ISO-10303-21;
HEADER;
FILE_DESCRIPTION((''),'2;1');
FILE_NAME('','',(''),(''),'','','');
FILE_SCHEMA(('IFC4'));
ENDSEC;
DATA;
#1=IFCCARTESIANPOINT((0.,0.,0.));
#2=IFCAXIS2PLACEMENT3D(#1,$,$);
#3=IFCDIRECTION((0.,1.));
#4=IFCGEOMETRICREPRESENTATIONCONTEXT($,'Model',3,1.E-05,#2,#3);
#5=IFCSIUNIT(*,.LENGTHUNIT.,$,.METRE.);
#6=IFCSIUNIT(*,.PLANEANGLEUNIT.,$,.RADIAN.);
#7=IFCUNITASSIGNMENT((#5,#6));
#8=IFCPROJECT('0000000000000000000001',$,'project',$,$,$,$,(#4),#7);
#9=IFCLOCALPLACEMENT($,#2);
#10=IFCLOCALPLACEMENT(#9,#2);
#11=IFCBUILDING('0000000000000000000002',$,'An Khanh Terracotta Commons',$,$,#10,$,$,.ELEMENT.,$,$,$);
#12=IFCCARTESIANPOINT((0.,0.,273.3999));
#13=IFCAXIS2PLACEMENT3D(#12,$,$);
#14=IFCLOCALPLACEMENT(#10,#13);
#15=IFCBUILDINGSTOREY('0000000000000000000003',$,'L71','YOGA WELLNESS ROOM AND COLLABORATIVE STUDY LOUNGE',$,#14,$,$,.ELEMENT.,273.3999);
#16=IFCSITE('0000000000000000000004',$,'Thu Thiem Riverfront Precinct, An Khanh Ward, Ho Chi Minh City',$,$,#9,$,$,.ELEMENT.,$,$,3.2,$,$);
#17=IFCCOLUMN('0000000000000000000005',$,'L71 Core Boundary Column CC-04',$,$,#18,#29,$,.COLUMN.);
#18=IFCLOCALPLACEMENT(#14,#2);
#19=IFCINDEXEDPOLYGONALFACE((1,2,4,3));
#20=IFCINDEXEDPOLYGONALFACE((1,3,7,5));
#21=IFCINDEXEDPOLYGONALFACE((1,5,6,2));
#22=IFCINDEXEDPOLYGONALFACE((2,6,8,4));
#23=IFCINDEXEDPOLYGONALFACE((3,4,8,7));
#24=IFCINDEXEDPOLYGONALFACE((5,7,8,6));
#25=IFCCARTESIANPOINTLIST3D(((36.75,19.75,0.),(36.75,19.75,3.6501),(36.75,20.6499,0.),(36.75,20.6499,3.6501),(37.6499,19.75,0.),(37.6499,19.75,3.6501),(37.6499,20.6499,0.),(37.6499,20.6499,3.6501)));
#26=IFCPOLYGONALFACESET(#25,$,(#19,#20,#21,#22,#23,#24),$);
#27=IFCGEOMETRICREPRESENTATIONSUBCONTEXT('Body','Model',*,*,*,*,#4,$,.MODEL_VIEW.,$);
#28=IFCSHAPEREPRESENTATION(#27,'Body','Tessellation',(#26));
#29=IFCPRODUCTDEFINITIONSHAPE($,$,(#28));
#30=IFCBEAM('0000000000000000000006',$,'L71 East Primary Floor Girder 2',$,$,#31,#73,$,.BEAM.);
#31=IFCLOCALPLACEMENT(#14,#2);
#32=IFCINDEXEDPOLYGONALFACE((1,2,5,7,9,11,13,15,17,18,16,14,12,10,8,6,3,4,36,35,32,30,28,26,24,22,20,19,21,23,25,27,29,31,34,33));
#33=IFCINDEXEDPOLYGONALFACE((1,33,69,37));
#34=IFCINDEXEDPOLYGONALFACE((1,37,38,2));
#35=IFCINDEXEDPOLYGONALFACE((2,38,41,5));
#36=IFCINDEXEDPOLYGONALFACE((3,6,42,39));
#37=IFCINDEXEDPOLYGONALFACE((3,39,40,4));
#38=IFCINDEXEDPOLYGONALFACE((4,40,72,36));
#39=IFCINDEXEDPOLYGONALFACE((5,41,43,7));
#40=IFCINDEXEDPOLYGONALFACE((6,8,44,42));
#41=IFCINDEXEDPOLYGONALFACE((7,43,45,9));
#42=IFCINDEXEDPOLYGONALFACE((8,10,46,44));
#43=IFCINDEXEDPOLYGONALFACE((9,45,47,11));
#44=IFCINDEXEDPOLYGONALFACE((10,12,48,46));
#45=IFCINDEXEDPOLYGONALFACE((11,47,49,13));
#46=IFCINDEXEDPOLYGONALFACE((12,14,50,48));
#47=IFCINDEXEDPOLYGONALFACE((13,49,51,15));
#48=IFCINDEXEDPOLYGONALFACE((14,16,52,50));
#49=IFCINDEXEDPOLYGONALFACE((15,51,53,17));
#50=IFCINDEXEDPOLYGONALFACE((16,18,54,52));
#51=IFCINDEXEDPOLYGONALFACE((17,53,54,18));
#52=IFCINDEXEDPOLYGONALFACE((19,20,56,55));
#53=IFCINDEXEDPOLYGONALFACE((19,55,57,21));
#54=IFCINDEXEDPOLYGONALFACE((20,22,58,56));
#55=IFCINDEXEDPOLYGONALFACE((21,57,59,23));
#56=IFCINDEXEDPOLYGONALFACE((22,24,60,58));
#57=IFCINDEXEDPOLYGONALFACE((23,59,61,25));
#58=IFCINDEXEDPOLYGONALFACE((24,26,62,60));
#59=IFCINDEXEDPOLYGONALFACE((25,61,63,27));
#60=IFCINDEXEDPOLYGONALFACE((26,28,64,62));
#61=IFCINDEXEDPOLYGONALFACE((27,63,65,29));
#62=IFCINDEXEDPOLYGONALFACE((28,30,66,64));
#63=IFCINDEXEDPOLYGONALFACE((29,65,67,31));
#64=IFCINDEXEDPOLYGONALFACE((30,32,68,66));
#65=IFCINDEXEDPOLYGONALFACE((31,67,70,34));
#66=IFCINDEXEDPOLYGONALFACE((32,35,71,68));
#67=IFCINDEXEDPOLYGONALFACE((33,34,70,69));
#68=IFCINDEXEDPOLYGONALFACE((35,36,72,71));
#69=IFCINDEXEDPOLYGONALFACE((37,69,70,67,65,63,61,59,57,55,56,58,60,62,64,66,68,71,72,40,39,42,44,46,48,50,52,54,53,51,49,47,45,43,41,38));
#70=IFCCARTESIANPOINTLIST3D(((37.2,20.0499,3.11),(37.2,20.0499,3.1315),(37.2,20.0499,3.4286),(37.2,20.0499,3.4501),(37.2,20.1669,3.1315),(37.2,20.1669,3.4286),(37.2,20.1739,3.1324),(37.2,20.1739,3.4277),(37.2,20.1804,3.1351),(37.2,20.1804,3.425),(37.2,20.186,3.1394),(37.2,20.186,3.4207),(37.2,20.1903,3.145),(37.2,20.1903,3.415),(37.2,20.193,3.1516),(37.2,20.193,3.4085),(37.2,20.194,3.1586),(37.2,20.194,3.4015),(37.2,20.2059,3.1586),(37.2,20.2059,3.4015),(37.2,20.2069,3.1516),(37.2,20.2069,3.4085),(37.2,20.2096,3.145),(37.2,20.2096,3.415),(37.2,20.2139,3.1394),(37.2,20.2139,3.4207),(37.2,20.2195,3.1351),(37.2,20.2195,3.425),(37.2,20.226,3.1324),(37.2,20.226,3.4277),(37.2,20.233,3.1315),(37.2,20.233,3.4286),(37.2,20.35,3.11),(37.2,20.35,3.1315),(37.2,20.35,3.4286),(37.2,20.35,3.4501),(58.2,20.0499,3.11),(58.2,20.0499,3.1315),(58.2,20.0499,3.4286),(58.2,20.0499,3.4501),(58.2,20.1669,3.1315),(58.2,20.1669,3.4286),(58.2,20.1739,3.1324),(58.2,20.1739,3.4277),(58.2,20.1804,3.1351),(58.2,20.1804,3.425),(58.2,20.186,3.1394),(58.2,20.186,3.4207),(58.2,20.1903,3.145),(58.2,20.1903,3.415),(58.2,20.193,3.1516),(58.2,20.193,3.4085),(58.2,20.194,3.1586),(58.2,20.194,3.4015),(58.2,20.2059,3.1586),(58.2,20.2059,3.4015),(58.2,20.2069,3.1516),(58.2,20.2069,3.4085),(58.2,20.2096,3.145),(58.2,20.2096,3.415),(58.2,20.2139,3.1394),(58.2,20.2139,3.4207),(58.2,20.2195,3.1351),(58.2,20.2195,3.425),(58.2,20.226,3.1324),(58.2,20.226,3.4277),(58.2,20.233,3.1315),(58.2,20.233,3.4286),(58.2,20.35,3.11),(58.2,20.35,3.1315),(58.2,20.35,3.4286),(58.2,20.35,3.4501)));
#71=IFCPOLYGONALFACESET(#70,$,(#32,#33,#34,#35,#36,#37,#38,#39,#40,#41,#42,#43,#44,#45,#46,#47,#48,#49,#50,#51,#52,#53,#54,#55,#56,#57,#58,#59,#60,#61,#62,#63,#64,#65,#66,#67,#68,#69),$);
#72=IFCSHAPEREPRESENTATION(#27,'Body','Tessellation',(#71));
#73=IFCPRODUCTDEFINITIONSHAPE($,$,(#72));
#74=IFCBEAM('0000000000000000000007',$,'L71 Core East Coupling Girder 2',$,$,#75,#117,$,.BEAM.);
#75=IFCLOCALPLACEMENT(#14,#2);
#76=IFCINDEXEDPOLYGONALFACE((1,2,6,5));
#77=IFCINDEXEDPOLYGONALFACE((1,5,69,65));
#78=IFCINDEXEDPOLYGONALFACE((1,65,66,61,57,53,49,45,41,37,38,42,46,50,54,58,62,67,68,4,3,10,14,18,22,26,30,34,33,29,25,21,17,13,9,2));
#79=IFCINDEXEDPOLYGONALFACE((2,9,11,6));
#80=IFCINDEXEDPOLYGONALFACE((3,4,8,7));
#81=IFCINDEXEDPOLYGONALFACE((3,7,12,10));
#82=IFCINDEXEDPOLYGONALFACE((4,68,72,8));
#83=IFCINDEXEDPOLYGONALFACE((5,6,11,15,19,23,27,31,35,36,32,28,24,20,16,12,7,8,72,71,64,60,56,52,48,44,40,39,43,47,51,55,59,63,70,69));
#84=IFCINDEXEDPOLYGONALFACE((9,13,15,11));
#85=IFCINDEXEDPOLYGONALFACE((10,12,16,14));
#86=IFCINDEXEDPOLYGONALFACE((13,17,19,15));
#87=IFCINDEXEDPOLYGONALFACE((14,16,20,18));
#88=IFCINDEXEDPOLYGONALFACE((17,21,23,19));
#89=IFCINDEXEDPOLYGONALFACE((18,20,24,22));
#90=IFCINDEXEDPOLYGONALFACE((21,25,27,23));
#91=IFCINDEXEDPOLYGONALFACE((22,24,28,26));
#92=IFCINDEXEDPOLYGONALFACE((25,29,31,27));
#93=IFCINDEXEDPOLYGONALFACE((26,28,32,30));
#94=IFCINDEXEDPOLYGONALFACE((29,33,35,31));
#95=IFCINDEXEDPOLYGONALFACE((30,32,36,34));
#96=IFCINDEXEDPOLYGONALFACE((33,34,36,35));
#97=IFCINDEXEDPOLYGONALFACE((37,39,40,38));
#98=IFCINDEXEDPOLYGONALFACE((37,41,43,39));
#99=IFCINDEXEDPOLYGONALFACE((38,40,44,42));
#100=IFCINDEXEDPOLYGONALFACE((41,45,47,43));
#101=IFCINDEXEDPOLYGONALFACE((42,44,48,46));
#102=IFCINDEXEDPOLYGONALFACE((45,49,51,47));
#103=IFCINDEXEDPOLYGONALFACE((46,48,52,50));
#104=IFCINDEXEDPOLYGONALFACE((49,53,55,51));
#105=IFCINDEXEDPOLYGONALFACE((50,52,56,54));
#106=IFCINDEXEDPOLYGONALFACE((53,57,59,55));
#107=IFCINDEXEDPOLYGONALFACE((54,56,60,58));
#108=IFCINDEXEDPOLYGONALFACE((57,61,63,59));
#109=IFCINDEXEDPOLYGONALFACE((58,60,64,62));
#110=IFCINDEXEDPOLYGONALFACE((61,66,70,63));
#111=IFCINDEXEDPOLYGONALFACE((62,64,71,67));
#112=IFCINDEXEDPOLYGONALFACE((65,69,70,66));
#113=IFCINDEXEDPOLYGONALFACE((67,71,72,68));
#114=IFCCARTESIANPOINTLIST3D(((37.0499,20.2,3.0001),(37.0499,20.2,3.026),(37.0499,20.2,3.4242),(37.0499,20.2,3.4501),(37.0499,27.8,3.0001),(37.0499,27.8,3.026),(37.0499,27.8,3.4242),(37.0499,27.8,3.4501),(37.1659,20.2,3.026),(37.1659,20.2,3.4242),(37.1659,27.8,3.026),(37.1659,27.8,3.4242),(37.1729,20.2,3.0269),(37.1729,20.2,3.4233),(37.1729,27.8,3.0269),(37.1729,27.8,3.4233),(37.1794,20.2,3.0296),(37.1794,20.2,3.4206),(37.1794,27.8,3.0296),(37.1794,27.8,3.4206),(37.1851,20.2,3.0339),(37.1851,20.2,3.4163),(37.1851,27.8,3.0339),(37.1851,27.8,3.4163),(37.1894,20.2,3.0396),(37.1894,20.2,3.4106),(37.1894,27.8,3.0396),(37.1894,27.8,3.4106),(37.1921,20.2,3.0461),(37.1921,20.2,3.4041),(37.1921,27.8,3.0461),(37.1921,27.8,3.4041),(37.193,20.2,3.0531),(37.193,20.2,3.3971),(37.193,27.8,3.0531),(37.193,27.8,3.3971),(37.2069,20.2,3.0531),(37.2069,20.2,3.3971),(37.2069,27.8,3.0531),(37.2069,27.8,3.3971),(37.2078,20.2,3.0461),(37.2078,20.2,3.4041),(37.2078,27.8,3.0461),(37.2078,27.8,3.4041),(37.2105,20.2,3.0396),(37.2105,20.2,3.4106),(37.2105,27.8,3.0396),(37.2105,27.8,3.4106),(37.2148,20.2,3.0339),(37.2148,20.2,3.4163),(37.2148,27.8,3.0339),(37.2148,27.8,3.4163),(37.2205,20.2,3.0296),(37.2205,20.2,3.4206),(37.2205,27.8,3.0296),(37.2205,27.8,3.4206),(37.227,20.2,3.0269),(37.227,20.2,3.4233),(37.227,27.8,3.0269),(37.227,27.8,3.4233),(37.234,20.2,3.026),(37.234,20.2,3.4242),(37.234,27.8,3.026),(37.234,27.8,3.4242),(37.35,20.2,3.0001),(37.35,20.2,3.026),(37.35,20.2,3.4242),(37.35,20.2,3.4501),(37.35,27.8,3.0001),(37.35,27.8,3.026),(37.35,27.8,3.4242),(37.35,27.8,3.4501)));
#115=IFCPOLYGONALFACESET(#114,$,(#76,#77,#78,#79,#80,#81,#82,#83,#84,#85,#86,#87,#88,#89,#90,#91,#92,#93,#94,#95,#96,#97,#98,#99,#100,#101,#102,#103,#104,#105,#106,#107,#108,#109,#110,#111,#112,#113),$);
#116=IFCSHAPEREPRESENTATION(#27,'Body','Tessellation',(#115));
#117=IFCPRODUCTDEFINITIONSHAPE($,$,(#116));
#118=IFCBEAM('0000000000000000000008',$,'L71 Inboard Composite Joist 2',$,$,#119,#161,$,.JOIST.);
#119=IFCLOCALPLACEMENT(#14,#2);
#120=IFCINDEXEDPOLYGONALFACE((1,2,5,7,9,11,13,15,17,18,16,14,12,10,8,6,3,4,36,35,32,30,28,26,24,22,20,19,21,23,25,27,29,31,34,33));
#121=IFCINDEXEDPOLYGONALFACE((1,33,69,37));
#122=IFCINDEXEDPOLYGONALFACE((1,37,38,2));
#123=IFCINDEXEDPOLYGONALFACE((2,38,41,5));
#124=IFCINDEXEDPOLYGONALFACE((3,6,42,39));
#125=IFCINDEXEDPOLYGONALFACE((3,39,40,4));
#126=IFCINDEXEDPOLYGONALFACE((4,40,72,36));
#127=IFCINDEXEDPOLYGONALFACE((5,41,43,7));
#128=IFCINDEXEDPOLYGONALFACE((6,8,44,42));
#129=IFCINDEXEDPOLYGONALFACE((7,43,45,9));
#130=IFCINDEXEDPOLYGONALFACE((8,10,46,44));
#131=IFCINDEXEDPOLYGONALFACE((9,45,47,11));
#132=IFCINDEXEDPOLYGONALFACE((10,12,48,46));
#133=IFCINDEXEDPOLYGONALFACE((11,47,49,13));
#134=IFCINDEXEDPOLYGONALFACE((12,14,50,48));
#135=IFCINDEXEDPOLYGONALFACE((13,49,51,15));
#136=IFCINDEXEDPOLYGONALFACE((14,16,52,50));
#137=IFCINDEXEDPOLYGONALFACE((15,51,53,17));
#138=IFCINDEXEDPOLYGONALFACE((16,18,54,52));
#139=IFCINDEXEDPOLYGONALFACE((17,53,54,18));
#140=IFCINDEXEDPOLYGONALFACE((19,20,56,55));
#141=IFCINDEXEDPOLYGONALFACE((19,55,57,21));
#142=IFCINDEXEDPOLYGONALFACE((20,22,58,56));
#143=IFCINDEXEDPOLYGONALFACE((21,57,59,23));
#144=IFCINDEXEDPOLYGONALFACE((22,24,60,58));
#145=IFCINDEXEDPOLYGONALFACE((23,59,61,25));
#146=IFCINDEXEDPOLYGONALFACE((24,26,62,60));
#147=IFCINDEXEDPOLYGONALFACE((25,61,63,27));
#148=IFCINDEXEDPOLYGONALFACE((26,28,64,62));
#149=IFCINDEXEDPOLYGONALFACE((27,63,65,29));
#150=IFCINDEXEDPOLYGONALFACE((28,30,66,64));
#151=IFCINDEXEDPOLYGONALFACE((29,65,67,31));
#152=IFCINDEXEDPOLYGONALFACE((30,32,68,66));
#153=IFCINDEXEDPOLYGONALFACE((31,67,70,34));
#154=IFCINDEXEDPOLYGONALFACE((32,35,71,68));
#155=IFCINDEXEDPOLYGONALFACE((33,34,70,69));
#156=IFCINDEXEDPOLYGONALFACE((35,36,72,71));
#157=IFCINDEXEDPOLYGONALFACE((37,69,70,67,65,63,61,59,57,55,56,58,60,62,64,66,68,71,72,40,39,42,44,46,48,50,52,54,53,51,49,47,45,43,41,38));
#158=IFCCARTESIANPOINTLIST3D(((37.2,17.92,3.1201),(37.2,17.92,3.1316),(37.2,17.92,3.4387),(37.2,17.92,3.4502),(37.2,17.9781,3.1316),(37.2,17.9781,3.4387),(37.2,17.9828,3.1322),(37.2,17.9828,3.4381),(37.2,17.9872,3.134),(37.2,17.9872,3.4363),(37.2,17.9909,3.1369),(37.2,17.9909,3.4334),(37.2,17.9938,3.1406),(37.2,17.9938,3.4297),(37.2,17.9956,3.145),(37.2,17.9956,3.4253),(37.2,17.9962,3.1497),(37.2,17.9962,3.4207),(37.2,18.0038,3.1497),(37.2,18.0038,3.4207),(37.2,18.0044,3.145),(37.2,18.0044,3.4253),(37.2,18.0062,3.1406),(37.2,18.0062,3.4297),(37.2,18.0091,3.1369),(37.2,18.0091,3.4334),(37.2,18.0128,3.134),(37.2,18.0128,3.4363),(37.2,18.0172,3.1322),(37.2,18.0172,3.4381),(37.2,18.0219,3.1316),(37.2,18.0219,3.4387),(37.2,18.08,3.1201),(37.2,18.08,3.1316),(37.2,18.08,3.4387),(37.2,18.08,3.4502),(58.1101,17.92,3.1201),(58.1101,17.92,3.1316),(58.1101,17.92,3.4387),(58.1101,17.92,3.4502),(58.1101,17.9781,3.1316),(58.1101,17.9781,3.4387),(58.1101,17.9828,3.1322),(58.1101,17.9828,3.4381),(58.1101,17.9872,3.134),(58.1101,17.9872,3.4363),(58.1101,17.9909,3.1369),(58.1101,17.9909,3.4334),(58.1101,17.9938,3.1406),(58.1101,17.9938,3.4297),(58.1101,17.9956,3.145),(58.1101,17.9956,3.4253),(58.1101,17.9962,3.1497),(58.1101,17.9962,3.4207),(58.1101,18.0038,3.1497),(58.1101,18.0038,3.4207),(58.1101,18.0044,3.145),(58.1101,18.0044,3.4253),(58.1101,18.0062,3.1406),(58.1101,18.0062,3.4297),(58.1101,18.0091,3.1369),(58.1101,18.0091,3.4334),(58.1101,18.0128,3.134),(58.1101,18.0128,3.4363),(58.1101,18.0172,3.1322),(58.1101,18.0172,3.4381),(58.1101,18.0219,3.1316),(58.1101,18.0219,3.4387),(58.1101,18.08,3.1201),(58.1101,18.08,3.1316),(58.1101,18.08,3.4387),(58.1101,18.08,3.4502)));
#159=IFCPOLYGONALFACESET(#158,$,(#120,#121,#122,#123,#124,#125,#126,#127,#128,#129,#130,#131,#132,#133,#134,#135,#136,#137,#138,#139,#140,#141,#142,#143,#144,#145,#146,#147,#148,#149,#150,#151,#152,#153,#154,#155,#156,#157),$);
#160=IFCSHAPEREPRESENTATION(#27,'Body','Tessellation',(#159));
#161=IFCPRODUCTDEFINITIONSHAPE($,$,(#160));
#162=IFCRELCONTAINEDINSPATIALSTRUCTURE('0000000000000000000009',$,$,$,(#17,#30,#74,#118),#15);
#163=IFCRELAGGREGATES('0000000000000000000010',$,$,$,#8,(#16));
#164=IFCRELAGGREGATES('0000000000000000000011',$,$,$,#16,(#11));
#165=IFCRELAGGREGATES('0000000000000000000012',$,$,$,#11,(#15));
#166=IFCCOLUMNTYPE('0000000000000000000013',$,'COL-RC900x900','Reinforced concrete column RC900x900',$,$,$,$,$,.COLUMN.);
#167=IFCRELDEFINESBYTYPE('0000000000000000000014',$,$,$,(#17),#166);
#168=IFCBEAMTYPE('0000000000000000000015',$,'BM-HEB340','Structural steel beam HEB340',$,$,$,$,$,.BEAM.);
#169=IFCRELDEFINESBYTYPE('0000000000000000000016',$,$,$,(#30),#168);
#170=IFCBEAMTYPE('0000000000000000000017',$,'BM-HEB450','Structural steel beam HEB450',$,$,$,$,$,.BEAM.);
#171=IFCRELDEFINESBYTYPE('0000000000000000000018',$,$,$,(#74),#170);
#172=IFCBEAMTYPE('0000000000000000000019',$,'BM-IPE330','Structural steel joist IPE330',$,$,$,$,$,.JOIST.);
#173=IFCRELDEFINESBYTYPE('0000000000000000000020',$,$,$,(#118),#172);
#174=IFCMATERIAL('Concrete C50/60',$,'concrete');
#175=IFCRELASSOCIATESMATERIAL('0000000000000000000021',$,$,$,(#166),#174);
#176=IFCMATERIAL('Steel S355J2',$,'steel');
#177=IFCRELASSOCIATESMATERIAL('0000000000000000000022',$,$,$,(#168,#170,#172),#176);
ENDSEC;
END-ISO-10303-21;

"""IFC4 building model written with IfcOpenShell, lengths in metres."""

from ifc_helpers import new_model, si_unit, direction, frame, origin, origin_2d, place, context, subcontext, project, spatial, rectangle, i_section, extrude, material, material_profile, profile_set, type_object, element, save


model = new_model("IFC4")

# Units and contexts
model_context = context("Model", 3, precision=1e-05, world=origin(), true_north=direction((0.0, 1.0)))
body_context = subcontext(model_context, "Body", "Model", "MODEL_VIEW")
ifc_project = project(units=[si_unit("LENGTHUNIT", "METRE"), si_unit("PLANEANGLEUNIT", "RADIAN")], contexts=[model_context])

# Site, building, storey
site_placement = place(None, origin())
site = spatial("IfcSite", under=ifc_project, at=site_placement, Name="Thu Thiem Riverfront Precinct, An Khanh Ward, Ho Chi Minh City", CompositionType="ELEMENT", RefElevation=3.2)
building_placement = place(site_placement, origin())
building = spatial("IfcBuilding", under=site, at=building_placement, Name="An Khanh Terracotta Commons", CompositionType="ELEMENT")
storey_placement = place(building_placement, frame((0.0, 0.0, 273.3999)))
storey = spatial("IfcBuildingStorey", under=building, at=storey_placement, Name="L71", Description="YOGA WELLNESS ROOM AND COLLABORATIVE STUDY LOUNGE", CompositionType="ELEMENT", Elevation=273.3999)

# Column
ifc_material_1 = material(Name="Concrete C50/60", Category="concrete")
ifc_material_profile_1 = material_profile(ifc_material_1, rectangle(XDim=0.8999, YDim=0.8999, at=origin_2d()), Name="RC900x900")
ifc_profile_set_1 = profile_set([ifc_material_profile_1], Name="Concrete C50/60")
column_type = type_object("IfcColumnType", Name="COL-RC900x900", Description="Reinforced concrete column RC900x900", PredefinedType="COLUMN", material=ifc_profile_set_1)
column_placement = place(storey_placement, frame((37.2, 20.2, 0.0), z_axis=(0.0, 0.0, 1.0), x_axis=(1.0, 0.0, 0.0)))
element("IfcColumn", 1, at=column_placement, inside=storey, type_object=column_type, Name="L71 Core Boundary Column CC-04", PredefinedType="COLUMN", context=body_context, shape_type="SweptSolid", body=[
    extrude(rectangle(XDim=0.8999, YDim=0.8999, at=origin_2d()), origin(), (0.0, 0.0, 1.0), 3.6501),
])

# Beams
ifc_material_2 = material(Name="Steel S355J2", Category="steel")
ifc_material_profile_2 = material_profile(ifc_material_2, i_section(OverallWidth=0.3, OverallDepth=0.3401, WebThickness=0.012, FlangeThickness=0.0215, FilletRadius=0.0271, at=origin_2d()), Name="HEB340")
ifc_profile_set_2 = profile_set([ifc_material_profile_2], Name="Steel S355J2")
beam_type_1 = type_object("IfcBeamType", Name="BM-HEB340", Description="Structural steel beam HEB340", PredefinedType="BEAM", material=ifc_profile_set_2)
beam_1_placement = place(storey_placement, frame((37.2, 20.2, 3.28), z_axis=(1.0, 0.0, 0.0), x_axis=(0.0, 1.0, 0.0)))
element("IfcBeam", 2, at=beam_1_placement, inside=storey, type_object=beam_type_1, Name="L71 East Primary Floor Girder 2", PredefinedType="BEAM", context=body_context, shape_type="SweptSolid", body=[
    extrude(i_section(OverallWidth=0.3, OverallDepth=0.3401, WebThickness=0.012, FlangeThickness=0.0215, FilletRadius=0.0271, at=origin_2d()), origin(), (0.0, 0.0, 1.0), 21.0),
])
ifc_material_profile_3 = material_profile(ifc_material_2, i_section(OverallWidth=0.3, OverallDepth=0.45, WebThickness=0.0139, FlangeThickness=0.0259, FilletRadius=0.0271, at=origin_2d()), Name="HEB450")
ifc_profile_set_3 = profile_set([ifc_material_profile_3], Name="Steel S355J2")
beam_type_2 = type_object("IfcBeamType", Name="BM-HEB450", Description="Structural steel beam HEB450", PredefinedType="BEAM", material=ifc_profile_set_3)
beam_2_placement = place(storey_placement, frame((37.2, 20.2, 3.2251), z_axis=(0.0, 1.0, 0.0), x_axis=(-1.0, 0.0, 0.0)))
element("IfcBeam", 3, at=beam_2_placement, inside=storey, type_object=beam_type_2, Name="L71 Core East Coupling Girder 2", PredefinedType="BEAM", context=body_context, shape_type="SweptSolid", body=[
    extrude(i_section(OverallWidth=0.3, OverallDepth=0.45, WebThickness=0.0139, FlangeThickness=0.0259, FilletRadius=0.0271, at=origin_2d()), origin(), (0.0, 0.0, 1.0), 7.6001),
])
ifc_material_profile_4 = material_profile(ifc_material_2, i_section(OverallWidth=0.1599, OverallDepth=0.3301, WebThickness=0.0076, FlangeThickness=0.0115, FilletRadius=0.0181, at=origin_2d()), Name="IPE330")
ifc_profile_set_4 = profile_set([ifc_material_profile_4], Name="Steel S355J2")
beam_type_3 = type_object("IfcBeamType", Name="BM-IPE330", Description="Structural steel joist IPE330", PredefinedType="JOIST", material=ifc_profile_set_4)
for number, where, z_axis, x_axis, name in (
    (4, (37.2, 18.0, 3.2852), (1.0, 0.0, 0.0), (0.0, 1.0, 0.0), "L71 Inboard Composite Joist 2"),
):
    element("IfcBeam", number, at=place(storey_placement, frame(where, z_axis=z_axis, x_axis=x_axis)), inside=storey, type_object=beam_type_3, Name=name, PredefinedType="JOIST", context=body_context, shape_type="SweptSolid", body=[
        extrude(i_section(OverallWidth=0.1599, OverallDepth=0.3301, WebThickness=0.0076, FlangeThickness=0.0115, FilletRadius=0.0181, at=origin_2d()), origin(), (0.0, 0.0, 1.0), 20.9102),
    ])

save(model, "model.ifc")
